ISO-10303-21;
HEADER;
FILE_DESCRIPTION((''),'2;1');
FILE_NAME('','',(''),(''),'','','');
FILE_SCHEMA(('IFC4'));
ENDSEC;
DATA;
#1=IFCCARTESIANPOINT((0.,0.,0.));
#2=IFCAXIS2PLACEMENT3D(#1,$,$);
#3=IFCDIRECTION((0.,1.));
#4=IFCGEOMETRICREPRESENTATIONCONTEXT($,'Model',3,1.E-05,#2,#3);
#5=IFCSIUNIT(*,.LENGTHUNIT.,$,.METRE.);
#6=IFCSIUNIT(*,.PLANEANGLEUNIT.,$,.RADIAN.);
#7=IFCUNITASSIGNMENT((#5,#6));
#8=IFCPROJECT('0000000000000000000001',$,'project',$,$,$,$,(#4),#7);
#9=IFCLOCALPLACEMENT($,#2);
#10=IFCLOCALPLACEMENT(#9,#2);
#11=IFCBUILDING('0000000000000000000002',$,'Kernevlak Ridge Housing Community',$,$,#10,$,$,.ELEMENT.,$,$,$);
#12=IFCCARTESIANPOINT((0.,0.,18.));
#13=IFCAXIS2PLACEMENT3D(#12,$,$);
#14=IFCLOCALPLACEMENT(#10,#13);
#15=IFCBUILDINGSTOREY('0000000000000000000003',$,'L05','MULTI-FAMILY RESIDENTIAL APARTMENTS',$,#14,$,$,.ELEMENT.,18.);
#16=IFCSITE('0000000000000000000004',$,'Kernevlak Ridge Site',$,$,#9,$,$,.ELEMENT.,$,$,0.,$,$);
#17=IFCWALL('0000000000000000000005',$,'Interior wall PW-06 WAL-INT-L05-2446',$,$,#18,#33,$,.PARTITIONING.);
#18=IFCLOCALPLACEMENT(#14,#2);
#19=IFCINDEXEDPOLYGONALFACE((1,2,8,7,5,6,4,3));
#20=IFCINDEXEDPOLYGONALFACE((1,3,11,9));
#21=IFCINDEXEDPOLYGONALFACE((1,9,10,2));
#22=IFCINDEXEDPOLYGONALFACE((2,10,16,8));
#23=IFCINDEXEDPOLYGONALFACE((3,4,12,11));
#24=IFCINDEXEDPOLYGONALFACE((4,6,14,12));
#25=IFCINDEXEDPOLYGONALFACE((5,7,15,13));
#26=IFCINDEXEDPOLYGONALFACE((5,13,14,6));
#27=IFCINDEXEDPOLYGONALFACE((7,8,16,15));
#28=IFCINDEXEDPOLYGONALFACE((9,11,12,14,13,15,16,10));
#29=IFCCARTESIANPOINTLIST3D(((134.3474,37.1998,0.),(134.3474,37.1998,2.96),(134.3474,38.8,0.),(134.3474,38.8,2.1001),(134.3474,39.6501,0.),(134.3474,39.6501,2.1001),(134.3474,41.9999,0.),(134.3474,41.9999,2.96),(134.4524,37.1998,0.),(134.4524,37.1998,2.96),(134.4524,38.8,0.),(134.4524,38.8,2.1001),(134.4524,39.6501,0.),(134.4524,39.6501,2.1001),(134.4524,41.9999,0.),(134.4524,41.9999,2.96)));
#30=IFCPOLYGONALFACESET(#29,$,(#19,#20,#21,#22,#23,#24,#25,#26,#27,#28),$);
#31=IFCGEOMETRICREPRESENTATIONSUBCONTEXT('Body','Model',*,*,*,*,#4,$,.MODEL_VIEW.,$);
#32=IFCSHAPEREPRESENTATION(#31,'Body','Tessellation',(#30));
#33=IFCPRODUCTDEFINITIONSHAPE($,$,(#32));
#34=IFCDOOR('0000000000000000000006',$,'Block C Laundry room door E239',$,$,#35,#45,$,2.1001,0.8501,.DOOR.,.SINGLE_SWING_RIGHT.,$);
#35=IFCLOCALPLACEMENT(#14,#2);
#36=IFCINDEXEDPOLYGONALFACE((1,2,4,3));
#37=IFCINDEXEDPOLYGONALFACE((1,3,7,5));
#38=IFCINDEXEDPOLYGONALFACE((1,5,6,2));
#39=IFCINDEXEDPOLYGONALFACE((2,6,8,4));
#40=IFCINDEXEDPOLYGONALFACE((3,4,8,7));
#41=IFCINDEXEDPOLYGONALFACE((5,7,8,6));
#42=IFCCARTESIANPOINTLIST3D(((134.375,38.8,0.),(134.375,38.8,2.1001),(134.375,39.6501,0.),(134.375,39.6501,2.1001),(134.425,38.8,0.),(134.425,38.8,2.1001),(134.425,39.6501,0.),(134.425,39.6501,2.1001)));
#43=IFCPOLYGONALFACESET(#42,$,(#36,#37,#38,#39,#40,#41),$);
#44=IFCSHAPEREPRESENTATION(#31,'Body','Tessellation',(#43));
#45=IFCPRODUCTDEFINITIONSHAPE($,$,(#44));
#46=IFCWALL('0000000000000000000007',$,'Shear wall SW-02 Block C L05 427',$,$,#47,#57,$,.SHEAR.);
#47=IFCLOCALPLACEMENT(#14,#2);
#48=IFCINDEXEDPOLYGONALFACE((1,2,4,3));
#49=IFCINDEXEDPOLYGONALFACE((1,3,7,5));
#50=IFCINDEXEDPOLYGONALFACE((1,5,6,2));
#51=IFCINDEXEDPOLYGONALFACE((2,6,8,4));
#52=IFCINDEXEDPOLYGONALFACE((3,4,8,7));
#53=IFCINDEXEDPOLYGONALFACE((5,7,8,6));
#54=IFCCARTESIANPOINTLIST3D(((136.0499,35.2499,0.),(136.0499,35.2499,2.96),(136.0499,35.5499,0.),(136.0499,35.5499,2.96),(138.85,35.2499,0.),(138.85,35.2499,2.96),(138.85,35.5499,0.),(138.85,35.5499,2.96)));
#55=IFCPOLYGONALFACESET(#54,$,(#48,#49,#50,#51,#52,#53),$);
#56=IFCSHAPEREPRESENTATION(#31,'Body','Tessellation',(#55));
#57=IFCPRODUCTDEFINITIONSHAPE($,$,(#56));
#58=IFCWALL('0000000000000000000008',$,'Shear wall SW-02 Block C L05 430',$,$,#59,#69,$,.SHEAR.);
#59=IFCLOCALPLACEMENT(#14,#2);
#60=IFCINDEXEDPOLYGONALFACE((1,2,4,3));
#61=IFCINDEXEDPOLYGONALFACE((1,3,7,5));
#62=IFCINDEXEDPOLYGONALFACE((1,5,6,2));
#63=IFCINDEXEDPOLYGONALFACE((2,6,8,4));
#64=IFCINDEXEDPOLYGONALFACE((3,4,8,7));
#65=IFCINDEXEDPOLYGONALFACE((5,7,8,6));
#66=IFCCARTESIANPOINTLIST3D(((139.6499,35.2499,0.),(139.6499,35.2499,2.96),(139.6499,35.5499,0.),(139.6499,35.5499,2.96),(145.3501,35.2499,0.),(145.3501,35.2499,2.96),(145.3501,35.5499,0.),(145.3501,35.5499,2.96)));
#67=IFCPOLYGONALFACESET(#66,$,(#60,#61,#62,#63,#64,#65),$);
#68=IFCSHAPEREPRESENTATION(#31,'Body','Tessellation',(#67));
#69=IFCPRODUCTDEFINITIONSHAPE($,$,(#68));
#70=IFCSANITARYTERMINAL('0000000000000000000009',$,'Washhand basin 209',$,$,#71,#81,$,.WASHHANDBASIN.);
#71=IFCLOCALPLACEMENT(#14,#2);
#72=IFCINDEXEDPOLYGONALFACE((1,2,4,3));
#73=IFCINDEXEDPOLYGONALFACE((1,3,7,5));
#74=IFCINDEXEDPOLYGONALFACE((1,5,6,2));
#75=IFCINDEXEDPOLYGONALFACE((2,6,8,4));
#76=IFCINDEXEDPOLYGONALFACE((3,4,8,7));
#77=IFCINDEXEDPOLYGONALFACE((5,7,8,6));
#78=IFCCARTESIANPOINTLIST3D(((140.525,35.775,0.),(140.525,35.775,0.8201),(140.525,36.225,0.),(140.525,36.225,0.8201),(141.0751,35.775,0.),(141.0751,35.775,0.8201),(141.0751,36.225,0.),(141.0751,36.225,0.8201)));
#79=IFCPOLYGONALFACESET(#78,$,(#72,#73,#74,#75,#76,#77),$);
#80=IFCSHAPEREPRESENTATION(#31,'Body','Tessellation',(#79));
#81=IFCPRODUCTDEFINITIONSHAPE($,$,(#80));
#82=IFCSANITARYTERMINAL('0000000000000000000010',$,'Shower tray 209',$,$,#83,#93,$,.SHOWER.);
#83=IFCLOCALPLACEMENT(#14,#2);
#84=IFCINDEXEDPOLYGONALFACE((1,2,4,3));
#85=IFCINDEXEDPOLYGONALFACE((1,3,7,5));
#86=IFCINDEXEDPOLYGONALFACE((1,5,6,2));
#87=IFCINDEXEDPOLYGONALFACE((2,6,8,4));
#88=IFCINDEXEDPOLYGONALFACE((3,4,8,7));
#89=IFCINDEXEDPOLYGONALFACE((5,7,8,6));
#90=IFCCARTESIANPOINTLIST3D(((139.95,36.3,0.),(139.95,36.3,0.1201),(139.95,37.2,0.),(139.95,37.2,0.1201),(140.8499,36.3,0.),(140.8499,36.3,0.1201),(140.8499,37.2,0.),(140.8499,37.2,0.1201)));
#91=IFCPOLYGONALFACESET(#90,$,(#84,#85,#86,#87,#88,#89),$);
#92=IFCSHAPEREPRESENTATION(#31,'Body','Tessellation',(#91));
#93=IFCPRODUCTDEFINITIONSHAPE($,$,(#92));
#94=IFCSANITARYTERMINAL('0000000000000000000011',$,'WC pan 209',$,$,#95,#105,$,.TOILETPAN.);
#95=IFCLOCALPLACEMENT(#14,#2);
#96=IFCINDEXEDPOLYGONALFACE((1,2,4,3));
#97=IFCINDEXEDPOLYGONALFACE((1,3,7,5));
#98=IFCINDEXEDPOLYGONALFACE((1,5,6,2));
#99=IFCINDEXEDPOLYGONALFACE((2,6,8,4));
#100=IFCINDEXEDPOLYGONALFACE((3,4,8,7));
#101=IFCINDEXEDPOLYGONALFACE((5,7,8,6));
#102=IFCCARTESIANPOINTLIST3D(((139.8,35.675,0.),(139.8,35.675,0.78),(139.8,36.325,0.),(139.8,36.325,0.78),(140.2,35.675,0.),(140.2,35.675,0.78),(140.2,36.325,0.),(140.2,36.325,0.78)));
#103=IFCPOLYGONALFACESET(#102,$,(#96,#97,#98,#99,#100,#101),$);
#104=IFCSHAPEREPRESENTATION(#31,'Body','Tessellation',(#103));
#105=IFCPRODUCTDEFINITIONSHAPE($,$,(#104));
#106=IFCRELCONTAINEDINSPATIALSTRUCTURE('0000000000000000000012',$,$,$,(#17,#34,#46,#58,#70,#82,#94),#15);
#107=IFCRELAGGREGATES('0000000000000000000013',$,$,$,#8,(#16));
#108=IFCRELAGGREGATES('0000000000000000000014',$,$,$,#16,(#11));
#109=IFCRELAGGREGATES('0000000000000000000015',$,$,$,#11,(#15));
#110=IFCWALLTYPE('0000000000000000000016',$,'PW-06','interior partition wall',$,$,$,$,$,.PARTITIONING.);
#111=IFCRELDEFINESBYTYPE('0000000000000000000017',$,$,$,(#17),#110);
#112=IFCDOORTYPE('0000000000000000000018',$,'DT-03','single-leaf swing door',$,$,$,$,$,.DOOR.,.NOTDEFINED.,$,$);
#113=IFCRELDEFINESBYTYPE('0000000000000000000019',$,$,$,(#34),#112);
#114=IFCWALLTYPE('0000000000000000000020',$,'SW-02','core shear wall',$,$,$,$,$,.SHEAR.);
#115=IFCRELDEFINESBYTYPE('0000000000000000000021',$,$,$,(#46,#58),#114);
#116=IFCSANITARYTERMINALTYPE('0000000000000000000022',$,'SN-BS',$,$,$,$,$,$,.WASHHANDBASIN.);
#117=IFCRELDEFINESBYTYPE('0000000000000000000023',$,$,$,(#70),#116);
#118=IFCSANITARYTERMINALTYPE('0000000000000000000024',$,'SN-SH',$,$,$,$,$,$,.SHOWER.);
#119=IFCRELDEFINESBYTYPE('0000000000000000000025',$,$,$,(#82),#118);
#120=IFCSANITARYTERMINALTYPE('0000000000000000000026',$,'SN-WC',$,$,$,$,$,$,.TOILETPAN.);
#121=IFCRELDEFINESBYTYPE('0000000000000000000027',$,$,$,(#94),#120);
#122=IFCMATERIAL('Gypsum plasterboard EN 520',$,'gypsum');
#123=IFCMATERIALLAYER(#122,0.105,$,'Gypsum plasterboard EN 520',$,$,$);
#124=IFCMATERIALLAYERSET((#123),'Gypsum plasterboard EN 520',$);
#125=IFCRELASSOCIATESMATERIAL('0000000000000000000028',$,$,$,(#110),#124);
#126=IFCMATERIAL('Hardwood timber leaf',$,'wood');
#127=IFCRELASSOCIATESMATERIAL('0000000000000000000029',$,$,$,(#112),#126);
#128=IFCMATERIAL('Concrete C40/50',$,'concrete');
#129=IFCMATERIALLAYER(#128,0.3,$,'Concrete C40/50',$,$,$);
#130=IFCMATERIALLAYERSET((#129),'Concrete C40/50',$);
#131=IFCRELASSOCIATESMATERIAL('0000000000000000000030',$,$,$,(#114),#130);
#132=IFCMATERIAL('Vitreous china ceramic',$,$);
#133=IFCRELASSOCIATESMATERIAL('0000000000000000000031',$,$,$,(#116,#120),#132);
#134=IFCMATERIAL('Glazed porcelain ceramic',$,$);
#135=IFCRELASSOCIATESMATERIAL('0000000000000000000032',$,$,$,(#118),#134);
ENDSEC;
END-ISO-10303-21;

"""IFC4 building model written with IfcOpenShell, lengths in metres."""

from ifc_helpers import new_model, si_unit, direction, frame, frame_2d, origin, origin_2d, place, context, subcontext, project, spatial, rectangle, extrude, material, layer, layer_set, type_object, element, fill, save


model = new_model("IFC4")

# Units and contexts
model_context = context("Model", 3, precision=1e-05, world=origin(), true_north=direction((0.0, 1.0)))
body_context = subcontext(model_context, "Body", "Model", "MODEL_VIEW")
ifc_project = project(units=[si_unit("LENGTHUNIT", "METRE"), si_unit("PLANEANGLEUNIT", "RADIAN")], contexts=[model_context])

# Site, building, storey
site_placement = place(None, origin())
site = spatial("IfcSite", under=ifc_project, at=site_placement, Name="Kernevlak Ridge Site", CompositionType="ELEMENT", RefElevation=0.0)
building_placement = place(site_placement, origin())
building = spatial("IfcBuilding", under=site, at=building_placement, Name="Kernevlak Ridge Housing Community", CompositionType="ELEMENT")
storey_placement = place(building_placement, frame((0.0, 0.0, 18.0)))
storey = spatial("IfcBuildingStorey", under=building, at=storey_placement, Name="L05", Description="MULTI-FAMILY RESIDENTIAL APARTMENTS", CompositionType="ELEMENT", Elevation=18.0)

# Shared definitions
ifc_material_1 = material(Name="Hardwood timber leaf", Category="wood")

# Shared definitions
ifc_material_2 = material(Name="Gypsum plasterboard EN 520", Category="gypsum")

# Wall, opening, door
ifc_layer_1 = layer(ifc_material_2, 0.105, Name="Gypsum plasterboard EN 520")
ifc_layer_set_1 = layer_set([ifc_layer_1], Name="Gypsum plasterboard EN 520")
wall_type_1 = type_object("IfcWallType", Name="PW-06", Description="interior partition wall", PredefinedType="PARTITIONING", material=ifc_layer_set_1)
wall_1_placement = place(storey_placement, frame((134.3999, 37.2, 0.0), z_axis=(0.0, 0.0, 1.0), x_axis=(0.0, 1.0, 0.0)))
wall_1 = element("IfcWall", 1, at=wall_1_placement, inside=storey, type_object=wall_type_1, Name="Interior wall PW-06 WAL-INT-L05-2446", PredefinedType="PARTITIONING", context=body_context, shape_type="SweptSolid", body=[
    extrude(rectangle(XDim=4.8, YDim=0.105, at=frame_2d((2.3999, 0.0))), origin(), (0.0, 0.0, 1.0), 2.96),
])
opening_1_placement = place(wall_1_placement, frame((1.6001, 0.0, 0.0)))
opening_1 = element("IfcOpeningElement", 2, at=opening_1_placement, cuts=wall_1, PredefinedType="OPENING", context=body_context, shape_type="SweptSolid", body=[
    extrude(rectangle(XDim=0.8501, YDim=2.1001, at=frame_2d((0.425, 1.05))), frame((0.0, 0.0625, 0.0), z_axis=(0.0, -1.0, 0.0), x_axis=(1.0, 0.0, 0.0)), (0.0, 0.0, 1.0), 0.125),
])
door_type_1 = type_object("IfcDoorType", Name="DT-03", Description="single-leaf swing door", OperationType="NOTDEFINED", PredefinedType="DOOR", material=ifc_material_1)
door_1_placement = place(opening_1_placement, origin())
door_1 = element("IfcDoor", 3, at=door_1_placement, inside=storey, type_object=door_type_1, Name="Block C Laundry room door E239", OperationType="SINGLE_SWING_RIGHT", OverallHeight=2.1001, OverallWidth=0.8501, PredefinedType="DOOR", context=body_context, shape_type="SweptSolid", body=[
    extrude(rectangle(XDim=0.8501, YDim=2.1001, at=frame_2d((0.425, 1.05))), frame((0.0, 0.0249, 0.0), z_axis=(0.0, -1.0, 0.0), x_axis=(1.0, 0.0, 0.0)), (0.0, 0.0, 1.0), 0.05),
])
fill(opening_1, door_1)

# Walls
ifc_material_3 = material(Name="Concrete C40/50", Category="concrete")
ifc_layer_2 = layer(ifc_material_3, 0.3, Name="Concrete C40/50")
ifc_layer_set_2 = layer_set([ifc_layer_2], Name="Concrete C40/50")
wall_type_2 = type_object("IfcWallType", Name="SW-02", Description="core shear wall", PredefinedType="SHEAR", material=ifc_layer_set_2)
wall_2_placement = place(storey_placement, frame((136.05, 35.3999, 0.0), z_axis=(0.0, 0.0, 1.0), x_axis=(1.0, 0.0, 0.0)))
element("IfcWall", 4, at=wall_2_placement, inside=storey, type_object=wall_type_2, Name="Shear wall SW-02 Block C L05 427", PredefinedType="SHEAR", context=body_context, shape_type="SweptSolid", body=[
    extrude(rectangle(XDim=2.8, YDim=0.3, at=frame_2d((1.3999, 0.0))), origin(), (0.0, 0.0, 1.0), 2.96),
])
wall_3_placement = place(storey_placement, frame((139.6499, 35.3999, 0.0), z_axis=(0.0, 0.0, 1.0), x_axis=(1.0, 0.0, 0.0)))
element("IfcWall", 5, at=wall_3_placement, inside=storey, type_object=wall_type_2, Name="Shear wall SW-02 Block C L05 430", PredefinedType="SHEAR", context=body_context, shape_type="SweptSolid", body=[
    extrude(rectangle(XDim=5.7002, YDim=0.3, at=frame_2d((2.8501, 0.0))), origin(), (0.0, 0.0, 1.0), 2.96),
])

# Sanitary terminals
ifc_material_4 = material(Name="Vitreous china ceramic")
sanitary_terminal_type_1 = type_object("IfcSanitaryTerminalType", Name="SN-BS", PredefinedType="WASHHANDBASIN", material=ifc_material_4)
sanitary_terminal_1_placement = place(storey_placement, frame((140.8, 36.0, 0.0), z_axis=(0.0, 0.0, 1.0), x_axis=(1.0, 0.0, 0.0)))
element("IfcSanitaryTerminal", 6, at=sanitary_terminal_1_placement, inside=storey, type_object=sanitary_terminal_type_1, Name="Washhand basin 209", PredefinedType="WASHHANDBASIN", context=body_context, shape_type="SweptSolid", body=[
    extrude(rectangle(XDim=0.55, YDim=0.45, at=origin_2d()), origin(), (0.0, 0.0, 1.0), 0.8201),
])
ifc_material_5 = material(Name="Glazed porcelain ceramic")
sanitary_terminal_type_2 = type_object("IfcSanitaryTerminalType", Name="SN-SH", PredefinedType="SHOWER", material=ifc_material_5)
sanitary_terminal_2_placement = place(storey_placement, frame((140.3999, 36.75, 0.0), z_axis=(0.0, 0.0, 1.0), x_axis=(1.0, 0.0, 0.0)))
element("IfcSanitaryTerminal", 7, at=sanitary_terminal_2_placement, inside=storey, type_object=sanitary_terminal_type_2, Name="Shower tray 209", PredefinedType="SHOWER", context=body_context, shape_type="SweptSolid", body=[
    extrude(rectangle(XDim=0.8999, YDim=0.8999, at=origin_2d()), origin(), (0.0, 0.0, 1.0), 0.1201),
])
sanitary_terminal_type_3 = type_object("IfcSanitaryTerminalType", Name="SN-WC", PredefinedType="TOILETPAN", material=ifc_material_4)
sanitary_terminal_3_placement = place(storey_placement, frame((140.0, 36.0, 0.0), z_axis=(0.0, 0.0, 1.0), x_axis=(1.0, 0.0, 0.0)))
element("IfcSanitaryTerminal", 8, at=sanitary_terminal_3_placement, inside=storey, type_object=sanitary_terminal_type_3, Name="WC pan 209", PredefinedType="TOILETPAN", context=body_context, shape_type="SweptSolid", body=[
    extrude(rectangle(XDim=0.3999, YDim=0.6499, at=origin_2d()), origin(), (0.0, 0.0, 1.0), 0.78),
])

save(model, "model.ifc")
